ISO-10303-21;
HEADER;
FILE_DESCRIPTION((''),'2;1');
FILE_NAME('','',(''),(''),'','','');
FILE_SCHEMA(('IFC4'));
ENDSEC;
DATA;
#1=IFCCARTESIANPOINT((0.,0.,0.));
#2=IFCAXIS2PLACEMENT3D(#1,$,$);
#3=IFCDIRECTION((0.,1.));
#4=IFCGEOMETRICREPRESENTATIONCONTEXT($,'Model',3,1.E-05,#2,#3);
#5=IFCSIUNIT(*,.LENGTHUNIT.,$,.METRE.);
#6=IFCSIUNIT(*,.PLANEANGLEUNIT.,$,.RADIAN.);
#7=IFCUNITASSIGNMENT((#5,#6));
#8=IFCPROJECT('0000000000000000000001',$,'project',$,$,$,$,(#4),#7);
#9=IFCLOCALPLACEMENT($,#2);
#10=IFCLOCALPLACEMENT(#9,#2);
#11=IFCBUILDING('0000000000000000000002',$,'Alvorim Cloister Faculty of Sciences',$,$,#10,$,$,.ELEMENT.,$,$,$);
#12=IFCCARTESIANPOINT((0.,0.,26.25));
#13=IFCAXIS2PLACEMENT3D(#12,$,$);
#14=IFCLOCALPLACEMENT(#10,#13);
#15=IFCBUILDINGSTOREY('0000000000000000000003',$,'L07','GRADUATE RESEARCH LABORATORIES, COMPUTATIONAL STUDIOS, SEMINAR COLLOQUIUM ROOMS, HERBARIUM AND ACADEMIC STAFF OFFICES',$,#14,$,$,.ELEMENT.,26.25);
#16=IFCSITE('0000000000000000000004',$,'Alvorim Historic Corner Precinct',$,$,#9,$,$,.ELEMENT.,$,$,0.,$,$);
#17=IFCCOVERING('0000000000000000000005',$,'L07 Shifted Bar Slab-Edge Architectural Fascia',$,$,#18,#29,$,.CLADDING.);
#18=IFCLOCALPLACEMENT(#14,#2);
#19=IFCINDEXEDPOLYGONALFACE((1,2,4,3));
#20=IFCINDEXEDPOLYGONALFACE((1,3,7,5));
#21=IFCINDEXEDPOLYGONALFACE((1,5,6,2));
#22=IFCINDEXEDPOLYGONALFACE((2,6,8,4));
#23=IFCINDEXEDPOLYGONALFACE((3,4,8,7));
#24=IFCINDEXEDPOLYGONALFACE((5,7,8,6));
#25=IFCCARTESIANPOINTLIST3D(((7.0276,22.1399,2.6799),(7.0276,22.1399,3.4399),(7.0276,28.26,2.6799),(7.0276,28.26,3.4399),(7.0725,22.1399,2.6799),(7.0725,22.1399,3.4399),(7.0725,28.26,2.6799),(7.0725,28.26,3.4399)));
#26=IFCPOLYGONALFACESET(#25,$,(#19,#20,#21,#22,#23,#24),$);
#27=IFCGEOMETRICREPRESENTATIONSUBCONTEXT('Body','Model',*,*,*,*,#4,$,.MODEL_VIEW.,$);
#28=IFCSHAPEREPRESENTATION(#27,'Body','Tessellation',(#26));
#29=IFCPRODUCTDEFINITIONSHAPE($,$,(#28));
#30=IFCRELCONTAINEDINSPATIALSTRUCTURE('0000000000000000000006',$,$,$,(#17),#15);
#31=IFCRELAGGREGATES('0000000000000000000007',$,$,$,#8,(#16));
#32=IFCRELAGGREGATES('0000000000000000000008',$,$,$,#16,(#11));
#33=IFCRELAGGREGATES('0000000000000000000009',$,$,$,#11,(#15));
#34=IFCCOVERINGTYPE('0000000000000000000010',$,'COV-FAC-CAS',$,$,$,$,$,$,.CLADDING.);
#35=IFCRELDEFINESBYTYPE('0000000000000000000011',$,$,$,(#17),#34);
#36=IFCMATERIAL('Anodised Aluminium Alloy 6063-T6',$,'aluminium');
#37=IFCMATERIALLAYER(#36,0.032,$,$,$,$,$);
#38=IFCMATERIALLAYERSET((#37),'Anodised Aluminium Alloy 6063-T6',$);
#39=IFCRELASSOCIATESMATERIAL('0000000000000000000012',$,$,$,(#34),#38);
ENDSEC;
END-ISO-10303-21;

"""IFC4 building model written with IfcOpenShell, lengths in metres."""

from ifc_helpers import new_model, si_unit, direction, frame, origin, place, context, subcontext, project, spatial, polyline, outline, extrude, material, layer, layer_set, type_object, element, save


model = new_model("IFC4")

# Units and contexts
model_context = context("Model", 3, precision=1e-05, world=origin(), true_north=direction((0.0, 1.0)))
body_context = subcontext(model_context, "Body", "Model", "MODEL_VIEW")
ifc_project = project(units=[si_unit("LENGTHUNIT", "METRE"), si_unit("PLANEANGLEUNIT", "RADIAN")], contexts=[model_context])

# Site, building, storey
site_placement = place(None, origin())
site = spatial("IfcSite", under=ifc_project, at=site_placement, Name="Alvorim Historic Corner Precinct", CompositionType="ELEMENT", RefElevation=0.0)
building_placement = place(site_placement, origin())
building = spatial("IfcBuilding", under=site, at=building_placement, Name="Alvorim Cloister Faculty of Sciences", CompositionType="ELEMENT")
storey_placement = place(building_placement, frame((0.0, 0.0, 26.25)))
storey = spatial("IfcBuildingStorey", under=building, at=storey_placement, Name="L07", Description="GRADUATE RESEARCH LABORATORIES, COMPUTATIONAL STUDIOS, SEMINAR COLLOQUIUM ROOMS, HERBARIUM AND ACADEMIC STAFF OFFICES", CompositionType="ELEMENT", Elevation=26.25)

# Covering
ifc_material_1 = material(Name="Anodised Aluminium Alloy 6063-T6", Category="aluminium")
ifc_layer_1 = layer(ifc_material_1, 0.032)
ifc_layer_set_1 = layer_set([ifc_layer_1], Name="Anodised Aluminium Alloy 6063-T6")
covering_type = type_object("IfcCoveringType", Name="COV-FAC-CAS", PredefinedType="CLADDING", material=ifc_layer_set_1)
covering_placement = place(storey_placement, frame((7.05, 22.1399, 2.6799), z_axis=(0.0, 0.0, 1.0), x_axis=(0.0, 1.0, 0.0)))
element("IfcCovering", 1, at=covering_placement, inside=storey, type_object=covering_type, Name="L07 Shifted Bar Slab-Edge Architectural Fascia", PredefinedType="CLADDING", context=body_context, shape_type="SweptSolid", body=[
    extrude(outline(polyline([(0.0, 0.0), (6.1201, 0.0), (6.1201, 0.76), (0.0, 0.76), (0.0, 0.0)])), frame((0.0, 0.0225, 0.0), z_axis=(0.0, -1.0, 0.0), x_axis=(1.0, 0.0, 0.0)), (0.0, 0.0, 1.0), 0.0449),
])

save(model, "model.ifc")
